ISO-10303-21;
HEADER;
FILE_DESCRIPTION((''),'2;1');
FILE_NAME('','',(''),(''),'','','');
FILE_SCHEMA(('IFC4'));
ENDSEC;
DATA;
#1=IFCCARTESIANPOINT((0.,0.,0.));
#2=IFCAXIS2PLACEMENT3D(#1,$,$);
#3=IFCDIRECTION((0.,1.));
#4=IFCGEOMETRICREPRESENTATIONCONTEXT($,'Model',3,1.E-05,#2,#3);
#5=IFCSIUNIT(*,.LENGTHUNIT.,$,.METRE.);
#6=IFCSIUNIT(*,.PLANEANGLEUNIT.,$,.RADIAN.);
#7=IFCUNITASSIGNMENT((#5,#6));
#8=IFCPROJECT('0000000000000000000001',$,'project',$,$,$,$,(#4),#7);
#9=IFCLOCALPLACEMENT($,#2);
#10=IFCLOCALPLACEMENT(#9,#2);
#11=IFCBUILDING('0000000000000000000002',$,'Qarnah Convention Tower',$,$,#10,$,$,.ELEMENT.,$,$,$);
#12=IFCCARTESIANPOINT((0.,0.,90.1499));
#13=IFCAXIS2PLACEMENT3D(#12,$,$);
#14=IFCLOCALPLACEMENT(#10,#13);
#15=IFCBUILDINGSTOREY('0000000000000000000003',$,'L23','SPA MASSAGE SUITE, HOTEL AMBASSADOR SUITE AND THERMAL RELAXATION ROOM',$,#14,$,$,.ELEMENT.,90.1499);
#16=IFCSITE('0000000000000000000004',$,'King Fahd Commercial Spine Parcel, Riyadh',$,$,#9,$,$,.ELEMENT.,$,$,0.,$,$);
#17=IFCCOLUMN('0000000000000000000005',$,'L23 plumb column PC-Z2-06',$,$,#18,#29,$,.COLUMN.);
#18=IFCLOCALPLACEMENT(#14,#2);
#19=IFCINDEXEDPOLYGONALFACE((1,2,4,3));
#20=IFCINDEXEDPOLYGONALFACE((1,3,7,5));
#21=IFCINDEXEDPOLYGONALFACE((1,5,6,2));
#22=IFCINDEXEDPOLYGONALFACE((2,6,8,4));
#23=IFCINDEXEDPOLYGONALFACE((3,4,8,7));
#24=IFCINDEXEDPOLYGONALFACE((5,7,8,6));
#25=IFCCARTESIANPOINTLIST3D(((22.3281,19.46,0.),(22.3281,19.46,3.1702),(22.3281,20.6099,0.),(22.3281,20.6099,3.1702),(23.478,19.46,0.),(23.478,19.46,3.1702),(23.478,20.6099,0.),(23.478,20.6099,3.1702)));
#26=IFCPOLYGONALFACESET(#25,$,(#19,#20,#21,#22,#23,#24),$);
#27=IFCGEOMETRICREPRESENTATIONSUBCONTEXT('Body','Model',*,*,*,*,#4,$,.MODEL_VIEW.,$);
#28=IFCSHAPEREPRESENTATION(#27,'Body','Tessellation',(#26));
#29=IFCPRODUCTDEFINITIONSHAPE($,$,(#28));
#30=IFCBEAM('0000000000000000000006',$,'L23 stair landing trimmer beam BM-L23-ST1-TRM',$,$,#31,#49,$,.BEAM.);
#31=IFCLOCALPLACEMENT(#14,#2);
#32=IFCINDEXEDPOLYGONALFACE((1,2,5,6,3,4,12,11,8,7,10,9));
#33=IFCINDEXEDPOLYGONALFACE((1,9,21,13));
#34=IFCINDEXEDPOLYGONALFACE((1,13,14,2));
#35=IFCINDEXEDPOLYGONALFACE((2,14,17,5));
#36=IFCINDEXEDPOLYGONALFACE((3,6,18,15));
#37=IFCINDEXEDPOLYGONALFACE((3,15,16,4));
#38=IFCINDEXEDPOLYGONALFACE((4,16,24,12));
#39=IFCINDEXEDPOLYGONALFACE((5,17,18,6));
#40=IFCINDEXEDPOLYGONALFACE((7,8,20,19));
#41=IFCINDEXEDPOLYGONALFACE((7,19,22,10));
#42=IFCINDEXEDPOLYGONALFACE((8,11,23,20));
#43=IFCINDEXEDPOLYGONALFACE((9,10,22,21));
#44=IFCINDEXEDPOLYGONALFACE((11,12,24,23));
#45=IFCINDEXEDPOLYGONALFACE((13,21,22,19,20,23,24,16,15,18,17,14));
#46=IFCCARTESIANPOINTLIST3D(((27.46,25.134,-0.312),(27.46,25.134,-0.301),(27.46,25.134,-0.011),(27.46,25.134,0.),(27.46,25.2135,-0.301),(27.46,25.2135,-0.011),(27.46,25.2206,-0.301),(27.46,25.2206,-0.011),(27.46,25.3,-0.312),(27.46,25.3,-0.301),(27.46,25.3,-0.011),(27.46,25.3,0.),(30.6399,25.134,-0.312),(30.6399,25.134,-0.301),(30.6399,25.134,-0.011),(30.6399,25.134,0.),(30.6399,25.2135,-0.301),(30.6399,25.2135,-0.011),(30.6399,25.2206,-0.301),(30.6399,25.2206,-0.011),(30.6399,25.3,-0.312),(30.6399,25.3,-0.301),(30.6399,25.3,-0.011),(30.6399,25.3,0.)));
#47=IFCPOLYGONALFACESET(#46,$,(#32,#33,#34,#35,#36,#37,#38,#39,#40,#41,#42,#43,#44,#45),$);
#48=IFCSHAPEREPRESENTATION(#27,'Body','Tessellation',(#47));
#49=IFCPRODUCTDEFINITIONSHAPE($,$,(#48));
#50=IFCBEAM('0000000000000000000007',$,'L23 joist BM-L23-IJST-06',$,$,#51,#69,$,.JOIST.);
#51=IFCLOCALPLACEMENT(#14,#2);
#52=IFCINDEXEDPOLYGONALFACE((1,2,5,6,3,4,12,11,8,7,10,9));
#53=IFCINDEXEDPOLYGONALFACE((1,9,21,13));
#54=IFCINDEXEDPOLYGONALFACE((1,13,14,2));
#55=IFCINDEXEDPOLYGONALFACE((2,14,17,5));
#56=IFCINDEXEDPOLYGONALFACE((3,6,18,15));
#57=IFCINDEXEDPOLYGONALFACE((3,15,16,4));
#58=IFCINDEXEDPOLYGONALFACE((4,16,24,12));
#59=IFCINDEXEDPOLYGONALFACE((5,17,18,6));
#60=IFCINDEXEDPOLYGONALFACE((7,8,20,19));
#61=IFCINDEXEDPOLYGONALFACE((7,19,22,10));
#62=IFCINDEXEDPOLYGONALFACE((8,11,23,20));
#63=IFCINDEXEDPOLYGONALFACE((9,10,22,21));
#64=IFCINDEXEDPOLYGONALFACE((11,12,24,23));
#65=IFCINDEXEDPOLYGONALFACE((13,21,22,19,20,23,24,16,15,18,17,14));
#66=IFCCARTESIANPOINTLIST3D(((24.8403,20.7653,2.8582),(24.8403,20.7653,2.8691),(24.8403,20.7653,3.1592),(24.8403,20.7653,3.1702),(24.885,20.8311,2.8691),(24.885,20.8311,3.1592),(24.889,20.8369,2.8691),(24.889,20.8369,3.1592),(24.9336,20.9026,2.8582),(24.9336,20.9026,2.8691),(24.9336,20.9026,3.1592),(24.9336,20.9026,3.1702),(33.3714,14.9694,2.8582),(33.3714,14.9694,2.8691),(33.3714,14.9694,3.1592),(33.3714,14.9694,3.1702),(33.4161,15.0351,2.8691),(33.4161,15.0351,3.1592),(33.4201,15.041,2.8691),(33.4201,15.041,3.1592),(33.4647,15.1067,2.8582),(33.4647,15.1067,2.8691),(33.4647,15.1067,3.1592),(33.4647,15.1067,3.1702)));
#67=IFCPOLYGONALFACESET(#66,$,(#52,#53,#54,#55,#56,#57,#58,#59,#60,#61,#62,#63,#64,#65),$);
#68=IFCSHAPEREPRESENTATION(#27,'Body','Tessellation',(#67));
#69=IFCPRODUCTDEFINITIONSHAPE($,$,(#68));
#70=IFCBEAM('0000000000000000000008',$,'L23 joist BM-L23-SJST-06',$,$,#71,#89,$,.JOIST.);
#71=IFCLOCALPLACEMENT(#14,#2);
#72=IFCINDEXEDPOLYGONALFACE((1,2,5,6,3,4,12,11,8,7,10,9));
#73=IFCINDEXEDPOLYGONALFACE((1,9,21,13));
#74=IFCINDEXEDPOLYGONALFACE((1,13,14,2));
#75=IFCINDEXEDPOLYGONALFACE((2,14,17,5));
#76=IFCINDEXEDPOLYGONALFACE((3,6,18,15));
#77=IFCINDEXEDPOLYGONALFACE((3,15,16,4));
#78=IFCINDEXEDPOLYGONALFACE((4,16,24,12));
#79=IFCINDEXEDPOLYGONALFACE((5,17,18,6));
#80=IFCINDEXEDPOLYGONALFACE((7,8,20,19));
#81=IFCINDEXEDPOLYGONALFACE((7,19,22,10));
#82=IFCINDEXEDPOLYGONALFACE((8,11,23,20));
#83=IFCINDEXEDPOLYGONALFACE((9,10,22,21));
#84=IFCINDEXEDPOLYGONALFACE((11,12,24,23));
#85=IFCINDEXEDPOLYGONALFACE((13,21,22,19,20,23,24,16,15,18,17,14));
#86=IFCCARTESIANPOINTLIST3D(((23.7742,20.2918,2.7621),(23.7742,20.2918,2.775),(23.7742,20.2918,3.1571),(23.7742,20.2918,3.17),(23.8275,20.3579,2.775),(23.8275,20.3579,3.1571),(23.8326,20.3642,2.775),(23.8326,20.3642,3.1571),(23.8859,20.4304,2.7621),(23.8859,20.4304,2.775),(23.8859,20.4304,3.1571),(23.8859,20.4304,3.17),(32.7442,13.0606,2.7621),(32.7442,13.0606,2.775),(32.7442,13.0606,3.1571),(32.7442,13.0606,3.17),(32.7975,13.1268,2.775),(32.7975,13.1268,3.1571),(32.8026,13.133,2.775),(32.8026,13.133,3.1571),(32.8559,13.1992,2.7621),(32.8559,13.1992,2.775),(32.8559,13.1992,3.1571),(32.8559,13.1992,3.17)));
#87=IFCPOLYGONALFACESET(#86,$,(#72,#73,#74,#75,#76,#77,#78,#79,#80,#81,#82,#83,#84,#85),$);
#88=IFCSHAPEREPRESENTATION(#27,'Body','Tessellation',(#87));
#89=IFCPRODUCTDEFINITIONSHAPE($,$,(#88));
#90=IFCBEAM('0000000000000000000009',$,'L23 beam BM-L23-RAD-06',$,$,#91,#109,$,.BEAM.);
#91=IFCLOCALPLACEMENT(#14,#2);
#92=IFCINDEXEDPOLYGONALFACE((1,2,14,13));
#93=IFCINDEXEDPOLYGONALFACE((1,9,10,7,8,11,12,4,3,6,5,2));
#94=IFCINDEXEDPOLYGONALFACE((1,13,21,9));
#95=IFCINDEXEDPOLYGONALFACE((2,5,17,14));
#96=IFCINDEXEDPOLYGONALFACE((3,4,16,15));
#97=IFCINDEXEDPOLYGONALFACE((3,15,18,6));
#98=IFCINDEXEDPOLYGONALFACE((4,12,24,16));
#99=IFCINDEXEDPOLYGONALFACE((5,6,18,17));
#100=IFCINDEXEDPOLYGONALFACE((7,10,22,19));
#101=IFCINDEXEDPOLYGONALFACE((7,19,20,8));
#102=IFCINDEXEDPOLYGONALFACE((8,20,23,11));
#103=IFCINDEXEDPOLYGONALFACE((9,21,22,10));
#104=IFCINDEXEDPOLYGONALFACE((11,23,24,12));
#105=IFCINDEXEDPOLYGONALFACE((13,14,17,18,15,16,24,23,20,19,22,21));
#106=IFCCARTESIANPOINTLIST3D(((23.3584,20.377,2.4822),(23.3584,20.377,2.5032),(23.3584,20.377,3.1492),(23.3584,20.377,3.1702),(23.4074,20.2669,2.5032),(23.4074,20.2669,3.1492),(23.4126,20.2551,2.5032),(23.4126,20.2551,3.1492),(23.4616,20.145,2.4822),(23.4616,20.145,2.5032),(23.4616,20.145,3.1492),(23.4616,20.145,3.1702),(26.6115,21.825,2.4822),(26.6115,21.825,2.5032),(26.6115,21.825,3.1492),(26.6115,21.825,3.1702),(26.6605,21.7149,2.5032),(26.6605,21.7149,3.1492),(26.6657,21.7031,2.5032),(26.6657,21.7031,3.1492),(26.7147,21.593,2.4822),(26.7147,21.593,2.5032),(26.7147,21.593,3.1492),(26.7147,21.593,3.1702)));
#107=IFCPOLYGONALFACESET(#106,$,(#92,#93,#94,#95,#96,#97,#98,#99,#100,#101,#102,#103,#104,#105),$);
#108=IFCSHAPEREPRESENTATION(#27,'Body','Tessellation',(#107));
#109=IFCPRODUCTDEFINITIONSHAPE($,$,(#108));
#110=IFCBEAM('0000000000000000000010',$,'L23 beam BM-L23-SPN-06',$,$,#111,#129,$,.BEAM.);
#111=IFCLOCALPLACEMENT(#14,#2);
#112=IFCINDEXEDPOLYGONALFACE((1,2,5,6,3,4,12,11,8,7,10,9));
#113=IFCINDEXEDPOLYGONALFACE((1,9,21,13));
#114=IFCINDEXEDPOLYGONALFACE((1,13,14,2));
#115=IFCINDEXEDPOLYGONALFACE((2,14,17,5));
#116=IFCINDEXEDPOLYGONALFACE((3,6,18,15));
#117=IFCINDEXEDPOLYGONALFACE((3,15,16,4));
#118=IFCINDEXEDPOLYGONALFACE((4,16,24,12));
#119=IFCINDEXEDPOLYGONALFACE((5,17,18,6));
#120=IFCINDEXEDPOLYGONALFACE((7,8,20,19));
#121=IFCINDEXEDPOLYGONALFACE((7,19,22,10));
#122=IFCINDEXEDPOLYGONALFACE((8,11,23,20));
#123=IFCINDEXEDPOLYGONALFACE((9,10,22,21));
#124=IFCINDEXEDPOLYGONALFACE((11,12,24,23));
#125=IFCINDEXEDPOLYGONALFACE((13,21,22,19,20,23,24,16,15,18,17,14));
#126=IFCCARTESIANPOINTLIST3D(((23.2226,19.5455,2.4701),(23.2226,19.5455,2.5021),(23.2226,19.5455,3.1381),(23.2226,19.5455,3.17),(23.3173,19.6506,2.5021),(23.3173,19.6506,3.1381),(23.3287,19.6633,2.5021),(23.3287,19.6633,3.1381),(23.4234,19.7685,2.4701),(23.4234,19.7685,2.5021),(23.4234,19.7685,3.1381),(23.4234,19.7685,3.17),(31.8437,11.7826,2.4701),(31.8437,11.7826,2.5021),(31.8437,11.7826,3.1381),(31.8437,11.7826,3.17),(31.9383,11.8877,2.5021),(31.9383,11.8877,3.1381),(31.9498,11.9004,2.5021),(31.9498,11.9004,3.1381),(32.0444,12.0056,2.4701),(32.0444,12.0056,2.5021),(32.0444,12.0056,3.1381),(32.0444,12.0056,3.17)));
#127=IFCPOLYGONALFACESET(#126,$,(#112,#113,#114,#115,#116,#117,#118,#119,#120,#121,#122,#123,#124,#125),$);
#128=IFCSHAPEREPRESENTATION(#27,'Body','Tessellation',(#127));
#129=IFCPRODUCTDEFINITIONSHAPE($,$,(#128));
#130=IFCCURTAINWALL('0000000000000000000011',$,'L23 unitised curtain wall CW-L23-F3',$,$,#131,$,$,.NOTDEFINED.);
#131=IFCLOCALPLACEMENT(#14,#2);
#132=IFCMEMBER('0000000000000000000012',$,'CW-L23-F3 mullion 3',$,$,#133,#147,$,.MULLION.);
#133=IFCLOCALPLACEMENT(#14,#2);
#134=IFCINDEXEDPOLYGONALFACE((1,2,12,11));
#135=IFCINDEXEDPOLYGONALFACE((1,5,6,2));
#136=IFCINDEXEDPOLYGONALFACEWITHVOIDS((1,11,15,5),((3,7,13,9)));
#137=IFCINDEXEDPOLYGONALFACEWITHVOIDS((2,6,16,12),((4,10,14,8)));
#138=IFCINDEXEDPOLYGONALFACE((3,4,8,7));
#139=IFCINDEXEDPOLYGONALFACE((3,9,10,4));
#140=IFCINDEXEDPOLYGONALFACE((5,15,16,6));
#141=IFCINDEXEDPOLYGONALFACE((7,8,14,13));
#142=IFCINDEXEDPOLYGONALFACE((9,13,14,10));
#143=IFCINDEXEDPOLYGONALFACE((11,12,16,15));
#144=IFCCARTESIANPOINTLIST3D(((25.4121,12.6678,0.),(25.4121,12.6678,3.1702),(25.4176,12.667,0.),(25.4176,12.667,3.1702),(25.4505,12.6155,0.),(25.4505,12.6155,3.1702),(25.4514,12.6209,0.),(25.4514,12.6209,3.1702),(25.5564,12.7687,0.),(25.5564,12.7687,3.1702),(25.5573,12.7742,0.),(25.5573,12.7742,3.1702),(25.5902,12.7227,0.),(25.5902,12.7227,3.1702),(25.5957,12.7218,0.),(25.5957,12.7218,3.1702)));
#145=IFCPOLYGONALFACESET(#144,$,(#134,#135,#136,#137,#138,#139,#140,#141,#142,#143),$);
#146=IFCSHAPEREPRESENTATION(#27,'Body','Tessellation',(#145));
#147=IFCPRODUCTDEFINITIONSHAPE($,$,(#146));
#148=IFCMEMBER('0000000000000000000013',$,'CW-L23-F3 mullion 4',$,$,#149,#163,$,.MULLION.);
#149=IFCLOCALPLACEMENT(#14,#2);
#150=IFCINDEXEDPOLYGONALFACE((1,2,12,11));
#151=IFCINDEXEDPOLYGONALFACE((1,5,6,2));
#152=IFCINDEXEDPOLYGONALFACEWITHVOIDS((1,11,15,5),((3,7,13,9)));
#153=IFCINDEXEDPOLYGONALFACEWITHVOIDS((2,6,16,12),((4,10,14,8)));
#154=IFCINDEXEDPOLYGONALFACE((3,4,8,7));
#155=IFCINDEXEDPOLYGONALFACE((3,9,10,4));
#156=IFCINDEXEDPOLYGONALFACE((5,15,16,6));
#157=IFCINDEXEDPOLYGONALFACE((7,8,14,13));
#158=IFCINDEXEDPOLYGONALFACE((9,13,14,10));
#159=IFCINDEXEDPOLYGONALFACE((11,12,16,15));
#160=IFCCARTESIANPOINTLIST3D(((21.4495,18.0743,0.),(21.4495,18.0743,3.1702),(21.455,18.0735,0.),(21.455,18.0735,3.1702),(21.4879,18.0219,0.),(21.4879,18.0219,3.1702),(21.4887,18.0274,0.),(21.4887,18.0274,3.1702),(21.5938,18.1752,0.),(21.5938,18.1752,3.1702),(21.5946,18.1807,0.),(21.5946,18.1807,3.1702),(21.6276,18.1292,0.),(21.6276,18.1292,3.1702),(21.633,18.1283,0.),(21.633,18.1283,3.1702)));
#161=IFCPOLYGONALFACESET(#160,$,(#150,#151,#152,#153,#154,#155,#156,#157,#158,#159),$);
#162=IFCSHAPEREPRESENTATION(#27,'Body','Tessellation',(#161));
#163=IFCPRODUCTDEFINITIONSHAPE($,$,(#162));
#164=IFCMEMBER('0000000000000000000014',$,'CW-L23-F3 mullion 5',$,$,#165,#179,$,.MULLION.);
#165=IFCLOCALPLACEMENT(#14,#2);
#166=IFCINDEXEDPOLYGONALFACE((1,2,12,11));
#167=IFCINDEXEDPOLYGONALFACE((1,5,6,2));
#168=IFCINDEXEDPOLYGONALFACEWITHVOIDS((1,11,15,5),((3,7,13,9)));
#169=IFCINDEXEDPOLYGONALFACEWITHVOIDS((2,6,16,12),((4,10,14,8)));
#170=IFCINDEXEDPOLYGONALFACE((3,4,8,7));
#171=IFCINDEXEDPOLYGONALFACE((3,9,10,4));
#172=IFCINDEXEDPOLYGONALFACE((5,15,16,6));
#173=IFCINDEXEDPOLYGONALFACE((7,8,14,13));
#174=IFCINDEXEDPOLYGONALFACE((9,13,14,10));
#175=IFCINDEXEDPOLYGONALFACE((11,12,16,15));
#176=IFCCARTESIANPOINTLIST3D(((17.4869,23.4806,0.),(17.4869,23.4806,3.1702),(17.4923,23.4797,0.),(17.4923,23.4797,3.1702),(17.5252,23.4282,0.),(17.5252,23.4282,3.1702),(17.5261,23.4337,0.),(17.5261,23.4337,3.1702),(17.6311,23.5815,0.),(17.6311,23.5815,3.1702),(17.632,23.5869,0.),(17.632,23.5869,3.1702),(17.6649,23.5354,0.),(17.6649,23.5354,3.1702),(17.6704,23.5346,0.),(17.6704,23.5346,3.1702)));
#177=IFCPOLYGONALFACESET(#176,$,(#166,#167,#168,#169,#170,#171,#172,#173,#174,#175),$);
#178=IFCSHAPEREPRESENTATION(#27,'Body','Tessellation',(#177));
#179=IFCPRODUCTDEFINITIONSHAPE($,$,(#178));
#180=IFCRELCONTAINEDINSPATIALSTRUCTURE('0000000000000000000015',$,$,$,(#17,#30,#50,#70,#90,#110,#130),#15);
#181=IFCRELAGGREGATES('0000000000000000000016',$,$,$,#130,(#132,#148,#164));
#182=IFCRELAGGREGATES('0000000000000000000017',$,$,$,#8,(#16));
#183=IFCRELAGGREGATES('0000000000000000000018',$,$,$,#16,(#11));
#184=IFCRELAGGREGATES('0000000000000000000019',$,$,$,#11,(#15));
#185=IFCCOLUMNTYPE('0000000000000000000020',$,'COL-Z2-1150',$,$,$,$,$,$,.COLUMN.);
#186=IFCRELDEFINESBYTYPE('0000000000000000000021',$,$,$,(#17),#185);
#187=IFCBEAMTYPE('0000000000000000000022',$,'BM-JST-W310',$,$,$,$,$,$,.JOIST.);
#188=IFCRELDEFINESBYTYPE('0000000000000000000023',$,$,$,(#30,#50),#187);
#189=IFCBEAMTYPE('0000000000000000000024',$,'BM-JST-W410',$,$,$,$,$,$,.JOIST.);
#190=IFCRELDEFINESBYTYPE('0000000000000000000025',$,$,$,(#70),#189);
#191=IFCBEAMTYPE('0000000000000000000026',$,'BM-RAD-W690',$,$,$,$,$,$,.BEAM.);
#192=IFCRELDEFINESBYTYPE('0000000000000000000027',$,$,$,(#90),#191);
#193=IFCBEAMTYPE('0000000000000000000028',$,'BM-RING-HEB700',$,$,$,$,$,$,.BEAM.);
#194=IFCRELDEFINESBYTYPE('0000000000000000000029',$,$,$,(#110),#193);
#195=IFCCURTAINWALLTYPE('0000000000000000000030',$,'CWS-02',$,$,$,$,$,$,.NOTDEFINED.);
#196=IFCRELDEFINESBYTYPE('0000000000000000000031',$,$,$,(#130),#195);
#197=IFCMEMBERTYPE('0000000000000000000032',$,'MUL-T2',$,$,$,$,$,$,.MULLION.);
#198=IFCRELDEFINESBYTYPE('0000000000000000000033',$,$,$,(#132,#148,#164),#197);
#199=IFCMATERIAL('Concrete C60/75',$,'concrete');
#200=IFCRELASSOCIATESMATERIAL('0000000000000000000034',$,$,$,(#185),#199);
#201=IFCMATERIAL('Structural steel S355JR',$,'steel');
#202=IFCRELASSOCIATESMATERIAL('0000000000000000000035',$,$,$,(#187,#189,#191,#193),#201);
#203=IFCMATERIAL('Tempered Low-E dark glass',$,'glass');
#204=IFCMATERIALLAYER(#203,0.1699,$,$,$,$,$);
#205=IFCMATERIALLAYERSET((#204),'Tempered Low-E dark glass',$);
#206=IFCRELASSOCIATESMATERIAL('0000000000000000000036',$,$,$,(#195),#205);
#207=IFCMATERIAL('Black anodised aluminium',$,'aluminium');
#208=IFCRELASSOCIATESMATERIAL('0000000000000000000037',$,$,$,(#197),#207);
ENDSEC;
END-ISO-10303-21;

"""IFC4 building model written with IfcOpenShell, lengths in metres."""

from ifc_helpers import new_model, si_unit, direction, frame, origin, origin_2d, place, context, subcontext, project, spatial, rectangle, hollow_rectangle, i_section, extrude, material, layer, layer_set, material_profile, profile_set, type_object, element, aggregate, save


model = new_model("IFC4")

# Units and contexts
model_context = context("Model", 3, precision=1e-05, world=origin(), true_north=direction((0.0, 1.0)))
body_context = subcontext(model_context, "Body", "Model", "MODEL_VIEW")
ifc_project = project(units=[si_unit("LENGTHUNIT", "METRE"), si_unit("PLANEANGLEUNIT", "RADIAN")], contexts=[model_context])

# Site, building, storey
site_placement = place(None, origin())
site = spatial("IfcSite", under=ifc_project, at=site_placement, Name="King Fahd Commercial Spine Parcel, Riyadh", CompositionType="ELEMENT", RefElevation=0.0)
building_placement = place(site_placement, origin())
building = spatial("IfcBuilding", under=site, at=building_placement, Name="Qarnah Convention Tower", CompositionType="ELEMENT")
storey_placement = place(building_placement, frame((0.0, 0.0, 90.1499)))
storey = spatial("IfcBuildingStorey", under=building, at=storey_placement, Name="L23", Description="SPA MASSAGE SUITE, HOTEL AMBASSADOR SUITE AND THERMAL RELAXATION ROOM", CompositionType="ELEMENT", Elevation=90.1499)

# Column
ifc_material_1 = material(Name="Concrete C60/75", Category="concrete")
ifc_material_profile_1 = material_profile(ifc_material_1, rectangle(XDim=1.1499, YDim=1.1499, at=origin_2d()), Name="RC-COL-1150X1150")
ifc_profile_set_1 = profile_set([ifc_material_profile_1], Name="Concrete C60/75")
column_type = type_object("IfcColumnType", Name="COL-Z2-1150", PredefinedType="COLUMN", material=ifc_profile_set_1)
column_placement = place(storey_placement, frame((22.9031, 20.0349, 0.0), z_axis=(0.0, 0.0, 1.0), x_axis=(1.0, 0.0, 0.0)))
element("IfcColumn", 1, at=column_placement, inside=storey, type_object=column_type, Name="L23 plumb column PC-Z2-06", PredefinedType="COLUMN", context=body_context, shape_type="SweptSolid", body=[
    extrude(rectangle(XDim=1.1499, YDim=1.1499, at=origin_2d()), origin(), (0.0, 0.0, 1.0), 3.1702),
])

# Beams
ifc_material_2 = material(Name="Structural steel S355JR", Category="steel")
ifc_material_profile_2 = material_profile(ifc_material_2, i_section(OverallWidth=0.166, OverallDepth=0.312, WebThickness=0.0071, FlangeThickness=0.011, at=origin_2d()), Name="W310X45")
ifc_profile_set_2 = profile_set([ifc_material_profile_2], Name="Structural steel S355JR")
beam_type_1 = type_object("IfcBeamType", Name="BM-JST-W310", PredefinedType="JOIST", material=ifc_profile_set_2)
beam_1_placement = place(storey_placement, frame((27.46, 25.217, -0.156), z_axis=(1.0, 0.0, 0.0), x_axis=(0.0, 1.0, 0.0)))
element("IfcBeam", 2, at=beam_1_placement, inside=storey, type_object=beam_type_1, Name="L23 stair landing trimmer beam BM-L23-ST1-TRM", PredefinedType="BEAM", context=body_context, shape_type="SweptSolid", body=[
    extrude(i_section(OverallWidth=0.166, OverallDepth=0.312, WebThickness=0.0071, FlangeThickness=0.011, at=origin_2d()), origin(), (0.0, 0.0, 1.0), 3.1799),
])
beam_2_placement = place(storey_placement, frame((24.887, 20.834, 3.0142), z_axis=(0.82716, -0.561966, 0.0), x_axis=(0.561966, 0.82716, 0.0)))
element("IfcBeam", 3, at=beam_2_placement, inside=storey, type_object=beam_type_1, Name="L23 joist BM-L23-IJST-06", PredefinedType="JOIST", context=body_context, shape_type="SweptSolid", body=[
    extrude(i_section(OverallWidth=0.166, OverallDepth=0.312, WebThickness=0.0071, FlangeThickness=0.011, at=origin_2d()), origin(), (0.0, 0.0, 1.0), 10.3137),
])
ifc_material_profile_3 = material_profile(ifc_material_2, i_section(OverallWidth=0.178, OverallDepth=0.408, WebThickness=0.0081, FlangeThickness=0.0129, at=origin_2d()), Name="W410X60")
ifc_profile_set_3 = profile_set([ifc_material_profile_3], Name="Structural steel S355JR")
beam_type_2 = type_object("IfcBeamType", Name="BM-JST-W410", PredefinedType="JOIST", material=ifc_profile_set_3)
beam_3_placement = place(storey_placement, frame((23.8301, 20.3611, 2.9661), z_axis=(0.778525, -0.627613, 0.0), x_axis=(0.627613, 0.778525, 0.0)))
element("IfcBeam", 4, at=beam_3_placement, inside=storey, type_object=beam_type_2, Name="L23 joist BM-L23-SJST-06", PredefinedType="JOIST", context=body_context, shape_type="SweptSolid", body=[
    extrude(i_section(OverallWidth=0.178, OverallDepth=0.408, WebThickness=0.0081, FlangeThickness=0.0129, at=origin_2d()), origin(), (0.0, 0.0, 1.0), 11.5217),
])
ifc_material_profile_4 = material_profile(ifc_material_2, i_section(OverallWidth=0.2539, OverallDepth=0.688, WebThickness=0.0129, FlangeThickness=0.021, at=origin_2d()), Name="W690X152")
ifc_profile_set_4 = profile_set([ifc_material_profile_4], Name="Structural steel S355JR")
beam_type_3 = type_object("IfcBeamType", Name="BM-RAD-W690", PredefinedType="BEAM", material=ifc_profile_set_4)
beam_4_placement = place(storey_placement, frame((26.6631, 21.709, 2.8262), z_axis=(-0.913588, -0.406641, 0.0), x_axis=(0.406641, -0.913588, 0.0)))
element("IfcBeam", 5, at=beam_4_placement, inside=storey, type_object=beam_type_3, Name="L23 beam BM-L23-RAD-06", PredefinedType="BEAM", context=body_context, shape_type="SweptSolid", body=[
    extrude(i_section(OverallWidth=0.2539, OverallDepth=0.688, WebThickness=0.0129, FlangeThickness=0.021, at=origin_2d()), origin(), (0.0, 0.0, 1.0), 3.5608),
])
ifc_material_profile_5 = material_profile(ifc_material_2, i_section(OverallWidth=0.3, OverallDepth=0.7, WebThickness=0.0171, FlangeThickness=0.032, at=origin_2d()), Name="HEB700")
ifc_profile_set_5 = profile_set([ifc_material_profile_5], Name="Structural steel S355JR")
beam_type_4 = type_object("IfcBeamType", Name="BM-RING-HEB700", PredefinedType="BEAM", material=ifc_profile_set_5)
beam_5_placement = place(storey_placement, frame((23.323, 19.657, 2.8201), z_axis=(0.743125, -0.669153, 0.0), x_axis=(0.669153, 0.743125, 0.0)))
element("IfcBeam", 6, at=beam_5_placement, inside=storey, type_object=beam_type_4, Name="L23 beam BM-L23-SPN-06", PredefinedType="BEAM", context=body_context, shape_type="SweptSolid", body=[
    extrude(i_section(OverallWidth=0.3, OverallDepth=0.7, WebThickness=0.0171, FlangeThickness=0.032, at=origin_2d()), origin(), (0.0, 0.0, 1.0), 11.6011),
])

# Curtain wall, members
ifc_material_3 = material(Name="Tempered Low-E dark glass", Category="glass")
ifc_layer_1 = layer(ifc_material_3, 0.1699)
ifc_layer_set_1 = layer_set([ifc_layer_1], Name="Tempered Low-E dark glass")
curtain_wall_type = type_object("IfcCurtainWallType", Name="CWS-02", PredefinedType="NOTDEFINED", material=ifc_layer_set_1)
curtain_wall_placement = place(storey_placement, origin())
curtain_wall = element("IfcCurtainWall", 7, at=curtain_wall_placement, inside=storey, type_object=curtain_wall_type, Name="L23 unitised curtain wall CW-L23-F3", PredefinedType="NOTDEFINED")
ifc_material_4 = material(Name="Black anodised aluminium", Category="aluminium")
ifc_material_profile_6 = material_profile(ifc_material_4, hollow_rectangle(XDim=0.0649, YDim=0.1799, WallThickness=0.0039, at=origin_2d()), Name="MUL-65X180")
ifc_profile_set_6 = profile_set([ifc_material_profile_6], Name="Black anodised aluminium")
member_type = type_object("IfcMemberType", Name="MUL-T2", PredefinedType="MULLION", material=ifc_profile_set_6)
member_1_placement = place(storey_placement, frame((25.5039, 12.6948, 0.0), z_axis=(0.0, 0.0, 1.0), x_axis=(-0.591161, 0.806554, 0.0)))
member_1 = element("IfcMember", 8, at=member_1_placement, type_object=member_type, Name="CW-L23-F3 mullion 3", PredefinedType="MULLION", context=body_context, shape_type="SweptSolid", body=[
    extrude(hollow_rectangle(XDim=0.0649, YDim=0.1799, WallThickness=0.0039, at=origin_2d()), origin(), (0.0, 0.0, 1.0), 3.1702),
])
member_2_placement = place(storey_placement, frame((21.5413, 18.1013, 0.0), z_axis=(0.0, 0.0, 1.0), x_axis=(-0.591161, 0.806554, 0.0)))
member_2 = element("IfcMember", 9, at=member_2_placement, type_object=member_type, Name="CW-L23-F3 mullion 4", PredefinedType="MULLION", context=body_context, shape_type="SweptSolid", body=[
    extrude(hollow_rectangle(XDim=0.0649, YDim=0.1799, WallThickness=0.0039, at=origin_2d()), origin(), (0.0, 0.0, 1.0), 3.1702),
])
member_3_placement = place(storey_placement, frame((17.5786, 23.5076, 0.0), z_axis=(0.0, 0.0, 1.0), x_axis=(-0.591161, 0.806554, 0.0)))
member_3 = element("IfcMember", 10, at=member_3_placement, type_object=member_type, Name="CW-L23-F3 mullion 5", PredefinedType="MULLION", context=body_context, shape_type="SweptSolid", body=[
    extrude(hollow_rectangle(XDim=0.0649, YDim=0.1799, WallThickness=0.0039, at=origin_2d()), origin(), (0.0, 0.0, 1.0), 3.1702),
])
aggregate(curtain_wall, [member_1, member_2, member_3])

save(model, "model.ifc")
